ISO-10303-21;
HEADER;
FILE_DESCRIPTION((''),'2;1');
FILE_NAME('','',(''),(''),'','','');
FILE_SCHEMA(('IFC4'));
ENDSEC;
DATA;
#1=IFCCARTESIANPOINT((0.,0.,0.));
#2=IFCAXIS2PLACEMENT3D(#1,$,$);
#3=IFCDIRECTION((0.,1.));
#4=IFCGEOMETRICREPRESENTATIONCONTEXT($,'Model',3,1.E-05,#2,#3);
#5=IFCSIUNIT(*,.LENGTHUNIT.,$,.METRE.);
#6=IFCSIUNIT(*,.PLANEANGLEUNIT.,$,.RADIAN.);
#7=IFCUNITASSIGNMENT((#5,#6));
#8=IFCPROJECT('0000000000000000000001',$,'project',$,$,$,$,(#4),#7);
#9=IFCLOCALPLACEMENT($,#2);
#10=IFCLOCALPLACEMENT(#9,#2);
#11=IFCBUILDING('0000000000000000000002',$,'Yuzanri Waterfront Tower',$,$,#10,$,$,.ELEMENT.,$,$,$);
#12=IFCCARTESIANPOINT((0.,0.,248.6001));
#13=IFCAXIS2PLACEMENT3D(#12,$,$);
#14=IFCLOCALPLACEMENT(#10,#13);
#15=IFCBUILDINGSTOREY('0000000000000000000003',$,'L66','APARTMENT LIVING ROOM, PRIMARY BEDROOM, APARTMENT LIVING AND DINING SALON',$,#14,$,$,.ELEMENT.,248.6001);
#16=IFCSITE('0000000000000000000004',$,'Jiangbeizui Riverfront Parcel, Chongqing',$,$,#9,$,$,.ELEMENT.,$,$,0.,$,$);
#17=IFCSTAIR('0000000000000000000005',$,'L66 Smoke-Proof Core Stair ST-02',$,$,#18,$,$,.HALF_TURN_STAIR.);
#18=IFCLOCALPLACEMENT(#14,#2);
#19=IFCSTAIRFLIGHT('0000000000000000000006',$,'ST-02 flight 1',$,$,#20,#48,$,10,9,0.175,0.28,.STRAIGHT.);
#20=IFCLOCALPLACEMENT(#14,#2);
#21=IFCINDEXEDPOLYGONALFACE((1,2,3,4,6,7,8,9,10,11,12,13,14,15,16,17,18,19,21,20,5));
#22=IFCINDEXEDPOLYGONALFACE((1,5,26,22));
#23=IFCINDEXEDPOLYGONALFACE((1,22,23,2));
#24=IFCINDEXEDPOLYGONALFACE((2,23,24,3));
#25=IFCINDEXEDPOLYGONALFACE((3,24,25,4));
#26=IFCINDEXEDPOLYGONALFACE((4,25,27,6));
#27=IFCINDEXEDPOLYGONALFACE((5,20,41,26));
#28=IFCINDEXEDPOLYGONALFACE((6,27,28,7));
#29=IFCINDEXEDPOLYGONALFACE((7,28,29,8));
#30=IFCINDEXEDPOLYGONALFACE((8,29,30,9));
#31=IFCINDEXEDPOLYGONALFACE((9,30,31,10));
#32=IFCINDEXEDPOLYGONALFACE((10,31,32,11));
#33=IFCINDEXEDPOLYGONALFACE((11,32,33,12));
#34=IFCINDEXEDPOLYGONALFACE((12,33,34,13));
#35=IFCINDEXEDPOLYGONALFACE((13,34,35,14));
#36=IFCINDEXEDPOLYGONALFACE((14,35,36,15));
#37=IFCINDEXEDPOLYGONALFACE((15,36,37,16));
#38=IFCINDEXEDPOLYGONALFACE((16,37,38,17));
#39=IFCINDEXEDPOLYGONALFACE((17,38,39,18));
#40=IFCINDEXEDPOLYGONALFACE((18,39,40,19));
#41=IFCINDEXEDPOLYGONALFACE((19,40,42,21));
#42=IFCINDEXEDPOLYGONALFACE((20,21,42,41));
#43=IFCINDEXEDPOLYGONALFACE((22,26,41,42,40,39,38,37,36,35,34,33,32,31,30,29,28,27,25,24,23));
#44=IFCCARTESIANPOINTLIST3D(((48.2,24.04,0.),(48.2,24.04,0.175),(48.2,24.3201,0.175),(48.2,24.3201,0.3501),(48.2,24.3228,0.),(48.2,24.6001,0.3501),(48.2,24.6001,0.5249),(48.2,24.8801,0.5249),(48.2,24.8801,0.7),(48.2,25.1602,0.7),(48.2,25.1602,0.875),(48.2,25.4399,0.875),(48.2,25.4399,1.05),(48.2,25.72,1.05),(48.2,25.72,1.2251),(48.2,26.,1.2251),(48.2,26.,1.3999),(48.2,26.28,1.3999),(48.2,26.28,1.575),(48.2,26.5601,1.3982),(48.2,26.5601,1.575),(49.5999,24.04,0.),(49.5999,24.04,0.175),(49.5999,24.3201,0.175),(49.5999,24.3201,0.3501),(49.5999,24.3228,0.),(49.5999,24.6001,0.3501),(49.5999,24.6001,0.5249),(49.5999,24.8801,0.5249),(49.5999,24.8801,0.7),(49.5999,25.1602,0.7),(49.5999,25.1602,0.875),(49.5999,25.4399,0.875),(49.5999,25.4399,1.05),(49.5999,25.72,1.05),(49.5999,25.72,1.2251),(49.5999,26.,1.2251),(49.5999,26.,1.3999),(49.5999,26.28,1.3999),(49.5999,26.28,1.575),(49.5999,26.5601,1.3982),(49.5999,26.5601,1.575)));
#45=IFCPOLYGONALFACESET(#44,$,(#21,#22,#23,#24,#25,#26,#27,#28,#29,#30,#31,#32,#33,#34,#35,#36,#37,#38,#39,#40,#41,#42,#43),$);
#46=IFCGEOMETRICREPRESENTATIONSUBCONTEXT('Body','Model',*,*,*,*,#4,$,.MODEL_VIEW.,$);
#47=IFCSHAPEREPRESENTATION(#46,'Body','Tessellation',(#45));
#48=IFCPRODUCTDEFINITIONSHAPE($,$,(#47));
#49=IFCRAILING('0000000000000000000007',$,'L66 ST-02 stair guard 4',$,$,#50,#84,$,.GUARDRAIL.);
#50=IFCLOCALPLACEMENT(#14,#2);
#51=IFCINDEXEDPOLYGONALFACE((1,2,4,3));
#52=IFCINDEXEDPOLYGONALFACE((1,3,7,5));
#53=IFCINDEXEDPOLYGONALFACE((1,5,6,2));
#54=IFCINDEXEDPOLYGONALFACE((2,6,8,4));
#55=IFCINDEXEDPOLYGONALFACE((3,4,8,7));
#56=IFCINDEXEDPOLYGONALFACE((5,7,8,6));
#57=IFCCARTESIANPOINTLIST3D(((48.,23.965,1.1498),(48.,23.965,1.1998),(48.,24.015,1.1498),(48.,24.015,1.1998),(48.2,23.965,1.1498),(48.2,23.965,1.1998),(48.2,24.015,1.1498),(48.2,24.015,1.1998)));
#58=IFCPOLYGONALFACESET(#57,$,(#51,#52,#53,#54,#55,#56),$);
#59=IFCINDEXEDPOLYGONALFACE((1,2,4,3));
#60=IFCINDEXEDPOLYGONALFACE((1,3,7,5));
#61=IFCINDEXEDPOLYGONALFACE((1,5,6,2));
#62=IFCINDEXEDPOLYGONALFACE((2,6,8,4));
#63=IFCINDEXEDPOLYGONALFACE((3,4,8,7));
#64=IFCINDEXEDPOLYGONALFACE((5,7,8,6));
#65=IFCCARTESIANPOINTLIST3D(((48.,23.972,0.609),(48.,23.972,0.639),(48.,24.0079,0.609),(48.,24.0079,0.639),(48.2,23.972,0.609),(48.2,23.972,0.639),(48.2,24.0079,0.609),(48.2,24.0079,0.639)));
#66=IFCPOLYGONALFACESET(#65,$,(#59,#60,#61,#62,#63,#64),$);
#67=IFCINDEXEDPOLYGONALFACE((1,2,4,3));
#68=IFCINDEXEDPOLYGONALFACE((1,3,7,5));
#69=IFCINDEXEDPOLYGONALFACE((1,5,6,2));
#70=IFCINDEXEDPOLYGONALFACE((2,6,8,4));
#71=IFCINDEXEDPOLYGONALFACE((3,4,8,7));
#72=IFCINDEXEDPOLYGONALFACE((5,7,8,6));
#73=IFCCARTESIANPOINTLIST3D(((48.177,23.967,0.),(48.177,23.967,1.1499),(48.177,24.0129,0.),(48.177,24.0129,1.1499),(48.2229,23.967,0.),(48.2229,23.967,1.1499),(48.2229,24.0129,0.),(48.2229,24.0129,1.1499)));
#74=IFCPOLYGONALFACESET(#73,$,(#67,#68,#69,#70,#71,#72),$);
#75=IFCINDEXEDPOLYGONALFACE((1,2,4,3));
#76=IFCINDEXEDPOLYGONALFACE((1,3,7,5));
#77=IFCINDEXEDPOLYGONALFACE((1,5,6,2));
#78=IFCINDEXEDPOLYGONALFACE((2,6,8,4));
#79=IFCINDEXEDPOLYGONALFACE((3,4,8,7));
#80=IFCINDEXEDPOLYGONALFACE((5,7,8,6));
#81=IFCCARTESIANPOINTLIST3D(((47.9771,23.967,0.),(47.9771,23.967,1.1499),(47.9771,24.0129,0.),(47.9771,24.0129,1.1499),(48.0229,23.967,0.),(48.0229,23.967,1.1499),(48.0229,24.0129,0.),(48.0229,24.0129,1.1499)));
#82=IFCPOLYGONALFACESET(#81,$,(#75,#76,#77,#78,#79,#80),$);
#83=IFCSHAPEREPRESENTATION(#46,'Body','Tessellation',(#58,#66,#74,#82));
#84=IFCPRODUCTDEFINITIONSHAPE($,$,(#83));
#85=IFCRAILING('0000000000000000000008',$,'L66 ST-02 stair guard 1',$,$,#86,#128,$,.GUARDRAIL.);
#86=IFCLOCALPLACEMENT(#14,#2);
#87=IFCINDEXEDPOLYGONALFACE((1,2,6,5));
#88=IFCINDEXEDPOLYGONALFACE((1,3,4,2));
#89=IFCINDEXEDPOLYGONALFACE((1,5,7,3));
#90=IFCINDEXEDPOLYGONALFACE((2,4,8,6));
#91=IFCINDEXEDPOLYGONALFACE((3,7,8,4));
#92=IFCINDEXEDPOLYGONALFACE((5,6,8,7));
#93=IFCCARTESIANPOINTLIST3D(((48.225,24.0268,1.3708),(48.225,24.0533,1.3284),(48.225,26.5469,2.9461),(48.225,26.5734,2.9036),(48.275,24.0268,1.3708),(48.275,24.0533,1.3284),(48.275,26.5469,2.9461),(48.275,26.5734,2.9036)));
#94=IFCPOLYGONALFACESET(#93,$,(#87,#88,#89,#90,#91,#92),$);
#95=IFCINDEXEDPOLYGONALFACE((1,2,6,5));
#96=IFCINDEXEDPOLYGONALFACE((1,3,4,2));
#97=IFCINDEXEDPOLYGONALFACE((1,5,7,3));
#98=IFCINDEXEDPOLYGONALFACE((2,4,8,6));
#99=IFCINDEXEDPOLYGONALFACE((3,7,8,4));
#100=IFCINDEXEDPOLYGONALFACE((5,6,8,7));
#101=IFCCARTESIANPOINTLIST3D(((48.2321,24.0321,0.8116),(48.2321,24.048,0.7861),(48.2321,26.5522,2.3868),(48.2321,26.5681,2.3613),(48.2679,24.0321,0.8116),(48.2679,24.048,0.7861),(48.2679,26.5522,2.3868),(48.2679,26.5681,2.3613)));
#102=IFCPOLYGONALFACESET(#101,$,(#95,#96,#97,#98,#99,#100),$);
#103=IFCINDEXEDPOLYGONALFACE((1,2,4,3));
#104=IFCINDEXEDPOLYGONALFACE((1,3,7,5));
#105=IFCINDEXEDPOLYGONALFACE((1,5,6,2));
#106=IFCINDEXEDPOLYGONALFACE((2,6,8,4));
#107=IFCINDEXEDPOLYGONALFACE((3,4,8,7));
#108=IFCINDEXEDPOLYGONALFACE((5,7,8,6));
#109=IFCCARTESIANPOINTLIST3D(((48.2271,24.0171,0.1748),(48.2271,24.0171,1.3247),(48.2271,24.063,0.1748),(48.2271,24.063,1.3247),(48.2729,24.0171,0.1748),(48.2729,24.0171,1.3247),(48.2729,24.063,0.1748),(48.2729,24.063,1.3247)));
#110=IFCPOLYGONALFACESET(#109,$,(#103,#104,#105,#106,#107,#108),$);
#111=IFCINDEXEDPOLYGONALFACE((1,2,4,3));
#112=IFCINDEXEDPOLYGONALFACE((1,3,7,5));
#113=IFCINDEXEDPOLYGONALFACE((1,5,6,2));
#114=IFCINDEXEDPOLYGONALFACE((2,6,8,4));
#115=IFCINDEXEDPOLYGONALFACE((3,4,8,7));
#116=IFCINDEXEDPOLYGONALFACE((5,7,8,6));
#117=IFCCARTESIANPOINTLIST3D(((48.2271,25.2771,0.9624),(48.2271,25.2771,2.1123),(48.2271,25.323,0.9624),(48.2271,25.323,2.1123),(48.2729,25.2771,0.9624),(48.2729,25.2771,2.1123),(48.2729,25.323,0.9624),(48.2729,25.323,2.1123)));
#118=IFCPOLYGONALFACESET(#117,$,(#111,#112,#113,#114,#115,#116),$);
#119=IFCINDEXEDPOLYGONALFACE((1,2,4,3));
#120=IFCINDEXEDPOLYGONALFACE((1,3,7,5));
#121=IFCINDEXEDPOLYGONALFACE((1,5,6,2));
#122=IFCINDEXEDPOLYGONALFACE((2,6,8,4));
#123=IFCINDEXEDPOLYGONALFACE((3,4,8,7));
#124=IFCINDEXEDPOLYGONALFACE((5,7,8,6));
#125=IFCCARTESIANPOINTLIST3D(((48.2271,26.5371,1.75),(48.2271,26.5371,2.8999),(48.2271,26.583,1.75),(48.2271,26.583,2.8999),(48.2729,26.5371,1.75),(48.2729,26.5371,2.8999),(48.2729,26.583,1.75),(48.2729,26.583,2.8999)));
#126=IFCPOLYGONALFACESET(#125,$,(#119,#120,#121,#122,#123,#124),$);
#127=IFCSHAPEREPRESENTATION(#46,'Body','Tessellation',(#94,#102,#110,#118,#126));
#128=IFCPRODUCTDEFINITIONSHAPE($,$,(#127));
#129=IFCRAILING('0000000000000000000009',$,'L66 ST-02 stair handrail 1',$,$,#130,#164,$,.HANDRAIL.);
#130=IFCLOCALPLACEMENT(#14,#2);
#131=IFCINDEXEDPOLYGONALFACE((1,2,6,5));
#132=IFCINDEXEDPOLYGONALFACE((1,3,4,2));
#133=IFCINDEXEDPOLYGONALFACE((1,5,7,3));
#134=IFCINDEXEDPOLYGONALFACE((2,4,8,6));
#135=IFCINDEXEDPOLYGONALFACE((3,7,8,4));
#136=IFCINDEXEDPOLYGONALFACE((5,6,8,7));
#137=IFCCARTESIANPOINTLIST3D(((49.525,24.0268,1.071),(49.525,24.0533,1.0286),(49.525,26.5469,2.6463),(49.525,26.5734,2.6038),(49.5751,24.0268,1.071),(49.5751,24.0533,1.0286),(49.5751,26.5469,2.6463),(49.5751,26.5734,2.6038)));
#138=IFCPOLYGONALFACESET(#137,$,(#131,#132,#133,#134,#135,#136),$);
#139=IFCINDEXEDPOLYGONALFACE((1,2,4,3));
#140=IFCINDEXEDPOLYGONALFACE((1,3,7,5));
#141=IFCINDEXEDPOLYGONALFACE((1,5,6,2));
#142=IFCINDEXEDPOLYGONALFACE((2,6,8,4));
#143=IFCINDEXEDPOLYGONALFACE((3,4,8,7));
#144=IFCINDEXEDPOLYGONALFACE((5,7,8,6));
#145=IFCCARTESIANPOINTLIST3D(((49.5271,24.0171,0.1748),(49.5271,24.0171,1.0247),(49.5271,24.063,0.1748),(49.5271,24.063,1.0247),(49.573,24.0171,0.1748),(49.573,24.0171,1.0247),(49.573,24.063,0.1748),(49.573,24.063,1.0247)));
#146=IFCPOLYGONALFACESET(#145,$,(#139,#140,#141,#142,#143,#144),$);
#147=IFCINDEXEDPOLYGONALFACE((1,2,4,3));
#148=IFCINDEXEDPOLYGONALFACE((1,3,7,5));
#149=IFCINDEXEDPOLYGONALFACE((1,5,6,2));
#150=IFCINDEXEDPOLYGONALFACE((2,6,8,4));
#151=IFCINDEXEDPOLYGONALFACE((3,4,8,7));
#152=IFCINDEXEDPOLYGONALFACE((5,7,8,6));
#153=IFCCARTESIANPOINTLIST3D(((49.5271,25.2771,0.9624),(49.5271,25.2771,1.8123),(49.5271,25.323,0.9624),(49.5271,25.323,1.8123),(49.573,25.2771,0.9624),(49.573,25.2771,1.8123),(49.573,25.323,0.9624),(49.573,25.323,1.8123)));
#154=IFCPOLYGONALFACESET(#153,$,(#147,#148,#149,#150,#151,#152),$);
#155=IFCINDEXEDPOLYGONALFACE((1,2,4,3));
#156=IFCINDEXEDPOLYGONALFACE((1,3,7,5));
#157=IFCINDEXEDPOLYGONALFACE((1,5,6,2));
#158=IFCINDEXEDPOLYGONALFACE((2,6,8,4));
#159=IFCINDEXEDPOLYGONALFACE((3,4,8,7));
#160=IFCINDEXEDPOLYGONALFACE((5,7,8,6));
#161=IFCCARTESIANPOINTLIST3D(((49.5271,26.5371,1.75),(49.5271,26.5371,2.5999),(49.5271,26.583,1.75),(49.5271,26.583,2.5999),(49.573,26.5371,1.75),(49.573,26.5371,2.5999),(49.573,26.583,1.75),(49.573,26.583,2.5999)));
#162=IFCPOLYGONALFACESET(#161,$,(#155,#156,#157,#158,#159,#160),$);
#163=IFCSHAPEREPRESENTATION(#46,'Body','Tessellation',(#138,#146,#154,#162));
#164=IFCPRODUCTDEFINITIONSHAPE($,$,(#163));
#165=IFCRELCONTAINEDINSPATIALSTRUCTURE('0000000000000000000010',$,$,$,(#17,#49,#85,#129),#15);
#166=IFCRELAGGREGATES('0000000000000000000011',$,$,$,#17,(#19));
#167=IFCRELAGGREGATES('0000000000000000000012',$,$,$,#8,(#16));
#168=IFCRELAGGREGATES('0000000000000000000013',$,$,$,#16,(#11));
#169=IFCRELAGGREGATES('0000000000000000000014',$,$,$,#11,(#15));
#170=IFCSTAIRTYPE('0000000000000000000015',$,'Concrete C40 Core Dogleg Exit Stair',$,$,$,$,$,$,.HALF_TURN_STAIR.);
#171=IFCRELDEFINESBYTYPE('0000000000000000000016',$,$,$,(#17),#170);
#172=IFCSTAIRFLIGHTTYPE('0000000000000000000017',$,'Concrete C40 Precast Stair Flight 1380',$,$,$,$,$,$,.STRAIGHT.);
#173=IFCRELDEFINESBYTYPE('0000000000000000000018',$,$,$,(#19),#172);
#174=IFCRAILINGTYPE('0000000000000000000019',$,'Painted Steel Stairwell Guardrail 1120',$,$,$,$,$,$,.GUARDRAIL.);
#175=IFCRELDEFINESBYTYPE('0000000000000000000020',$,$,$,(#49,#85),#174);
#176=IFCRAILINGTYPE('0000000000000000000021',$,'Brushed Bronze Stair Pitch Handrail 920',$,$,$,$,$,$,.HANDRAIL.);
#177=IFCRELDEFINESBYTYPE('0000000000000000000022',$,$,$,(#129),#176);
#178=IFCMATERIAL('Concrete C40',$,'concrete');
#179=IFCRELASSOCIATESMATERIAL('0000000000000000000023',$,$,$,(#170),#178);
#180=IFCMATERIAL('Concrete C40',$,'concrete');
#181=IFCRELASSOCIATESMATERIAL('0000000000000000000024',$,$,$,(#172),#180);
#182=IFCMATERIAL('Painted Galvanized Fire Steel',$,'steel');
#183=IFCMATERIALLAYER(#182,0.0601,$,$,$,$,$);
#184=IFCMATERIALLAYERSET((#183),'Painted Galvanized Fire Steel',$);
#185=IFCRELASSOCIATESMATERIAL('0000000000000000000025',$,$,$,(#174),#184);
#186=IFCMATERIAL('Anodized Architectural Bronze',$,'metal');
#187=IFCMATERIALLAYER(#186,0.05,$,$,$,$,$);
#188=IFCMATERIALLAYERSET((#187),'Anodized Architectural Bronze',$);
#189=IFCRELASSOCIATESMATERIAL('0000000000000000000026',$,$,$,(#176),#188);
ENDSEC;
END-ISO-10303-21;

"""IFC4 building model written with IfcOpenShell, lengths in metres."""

from ifc_helpers import new_model, si_unit, direction, frame, origin, origin_2d, place, context, subcontext, project, spatial, polyline, rectangle, outline, extrude, source, transform, mapped, material, layer, layer_set, type_object, element, aggregate, save


model = new_model("IFC4")

# Units and contexts
model_context = context("Model", 3, precision=1e-05, world=origin(), true_north=direction((0.0, 1.0)))
body_context = subcontext(model_context, "Body", "Model", "MODEL_VIEW")
ifc_project = project(units=[si_unit("LENGTHUNIT", "METRE"), si_unit("PLANEANGLEUNIT", "RADIAN")], contexts=[model_context])

# Site, building, storey
site_placement = place(None, origin())
site = spatial("IfcSite", under=ifc_project, at=site_placement, Name="Jiangbeizui Riverfront Parcel, Chongqing", CompositionType="ELEMENT", RefElevation=0.0)
building_placement = place(site_placement, origin())
building = spatial("IfcBuilding", under=site, at=building_placement, Name="Yuzanri Waterfront Tower", CompositionType="ELEMENT")
storey_placement = place(building_placement, frame((0.0, 0.0, 248.6001)))
storey = spatial("IfcBuildingStorey", under=building, at=storey_placement, Name="L66", Description="APARTMENT LIVING ROOM, PRIMARY BEDROOM, APARTMENT LIVING AND DINING SALON", CompositionType="ELEMENT", Elevation=248.6001)

# Stair, stair flight
ifc_material_1 = material(Name="Concrete C40", Category="concrete")
stair_type = type_object("IfcStairType", Name="Concrete C40 Core Dogleg Exit Stair", PredefinedType="HALF_TURN_STAIR", material=ifc_material_1)
stair_placement = place(storey_placement, origin())
stair = element("IfcStair", 1, at=stair_placement, inside=storey, type_object=stair_type, Name="L66 Smoke-Proof Core Stair ST-02", PredefinedType="HALF_TURN_STAIR")
ifc_material_2 = material(Name="Concrete C40", Category="concrete")
stair_flight_type = type_object("IfcStairFlightType", Name="Concrete C40 Precast Stair Flight 1380", PredefinedType="STRAIGHT", material=ifc_material_2)
shared_shape_1 = source(origin(), body_context, "Body", "SweptSolid", [
    extrude(outline(polyline([(0.0, 0.0), (0.0, 0.175), (0.28, 0.175), (0.28, 0.3501), (0.5601, 0.3501), (0.5601, 0.5249), (0.8401, 0.5249), (0.8401, 0.7), (1.1201, 0.7), (1.1201, 0.875), (1.3999, 0.875), (1.3999, 1.05), (1.6799, 1.05), (1.6799, 1.2251), (1.96, 1.2251), (1.96, 1.3999), (2.24, 1.3999), (2.24, 1.575), (2.52, 1.575), (2.52, 1.75), (2.52, 1.3982), (0.2827, 0.0), (0.0, 0.0)])), frame((0.0, 0.7, 0.0), z_axis=(0.0, -1.0, 0.0), x_axis=(1.0, 0.0, 0.0)), (0.0, 0.0, 1.0), 1.3999),
])
stair_flight_placement = place(storey_placement, frame((48.8999, 24.04, 0.0), z_axis=(0.0, 0.0, 1.0), x_axis=(0.0, 1.0, 0.0)))
stair_flight = element("IfcStairFlight", 2, at=stair_flight_placement, type_object=stair_flight_type, Name="ST-02 flight 1", NumberOfRisers=10, NumberOfTreads=9, PredefinedType="STRAIGHT", RiserHeight=0.175, TreadLength=0.28, context=body_context, shape_type="MappedRepresentation", body=[
    mapped(shared_shape_1, transform((0.0, 0.0, 0.0), scale=1.0)),
])
aggregate(stair, [stair_flight])

# Railings
ifc_material_3 = material(Name="Painted Galvanized Fire Steel", Category="steel")
ifc_layer_1 = layer(ifc_material_3, 0.0601)
ifc_layer_set_1 = layer_set([ifc_layer_1], Name="Painted Galvanized Fire Steel")
railing_type_1 = type_object("IfcRailingType", Name="Painted Steel Stairwell Guardrail 1120", PredefinedType="GUARDRAIL", material=ifc_layer_set_1)
shared_shape_2 = source(origin(), body_context, "Body", "SweptSolid", [
    extrude(rectangle(XDim=0.05, YDim=0.05, at=origin_2d()), frame((0.0, 0.0, 1.1748), z_axis=(-1.0, 0.0, 0.0), x_axis=(0.0, -1.0, 0.0)), (0.0, 0.0, 1.0), 0.2),
    extrude(rectangle(XDim=0.0359, YDim=0.03, at=origin_2d()), frame((0.0, 0.0, 0.624), z_axis=(-1.0, 0.0, 0.0), x_axis=(0.0, -1.0, 0.0)), (0.0, 0.0, 1.0), 0.2),
    extrude(rectangle(XDim=0.0459, YDim=0.0459, at=origin_2d()), origin(), (0.0, 0.0, 1.0), 1.1499),
    extrude(rectangle(XDim=0.0459, YDim=0.0459, at=origin_2d()), frame((-0.2, 0.0, 0.0)), (0.0, 0.0, 1.0), 1.1499),
])
railing_1_placement = place(storey_placement, frame((48.2, 23.99, 0.0)))
element("IfcRailing", 3, at=railing_1_placement, inside=storey, type_object=railing_type_1, Name="L66 ST-02 stair guard 4", PredefinedType="GUARDRAIL", context=body_context, shape_type="MappedRepresentation", body=[
    mapped(shared_shape_2, transform((0.0, 0.0, 0.0), scale=1.0)),
])
shared_shape_3 = source(origin(), body_context, "Body", "SweptSolid", [
    extrude(rectangle(XDim=0.05, YDim=0.05, at=origin_2d()), frame((0.0, 0.0, 1.1748), z_axis=(0.0, 0.847971, 0.530043), x_axis=(-1.0, 0.0, 0.0)), (0.0, 0.0, 1.0), 2.9719),
    extrude(rectangle(XDim=0.0359, YDim=0.03, at=origin_2d()), frame((0.0, 0.0, 0.624), z_axis=(0.0, 0.847971, 0.530043), x_axis=(-1.0, 0.0, 0.0)), (0.0, 0.0, 1.0), 2.9719),
    extrude(rectangle(XDim=0.0459, YDim=0.0459, at=origin_2d()), origin(), (0.0, 0.0, 1.0), 1.1499),
    extrude(rectangle(XDim=0.0459, YDim=0.0459, at=origin_2d()), frame((0.0, 1.26, 0.7876)), (0.0, 0.0, 1.0), 1.1499),
    extrude(rectangle(XDim=0.0459, YDim=0.0459, at=origin_2d()), frame((0.0, 2.52, 1.5752)), (0.0, 0.0, 1.0), 1.1499),
])
railing_2_placement = place(storey_placement, frame((48.25, 24.04, 0.1748)))
element("IfcRailing", 4, at=railing_2_placement, inside=storey, type_object=railing_type_1, Name="L66 ST-02 stair guard 1", PredefinedType="GUARDRAIL", context=body_context, shape_type="MappedRepresentation", body=[
    mapped(shared_shape_3, transform((0.0, 0.0, 0.0), scale=1.0)),
])
ifc_material_4 = material(Name="Anodized Architectural Bronze", Category="metal")
ifc_layer_2 = layer(ifc_material_4, 0.05)
ifc_layer_set_2 = layer_set([ifc_layer_2], Name="Anodized Architectural Bronze")
railing_type_2 = type_object("IfcRailingType", Name="Brushed Bronze Stair Pitch Handrail 920", PredefinedType="HANDRAIL", material=ifc_layer_set_2)
shared_shape_4 = source(origin(), body_context, "Body", "SweptSolid", [
    extrude(rectangle(XDim=0.05, YDim=0.05, at=origin_2d()), frame((0.0, 0.0, 0.875), z_axis=(0.0, 0.847971, 0.530043), x_axis=(-1.0, 0.0, 0.0)), (0.0, 0.0, 1.0), 2.9719),
    extrude(rectangle(XDim=0.0459, YDim=0.0459, at=origin_2d()), origin(), (0.0, 0.0, 1.0), 0.8499),
    extrude(rectangle(XDim=0.0459, YDim=0.0459, at=origin_2d()), frame((0.0, 1.26, 0.7876)), (0.0, 0.0, 1.0), 0.8499),
    extrude(rectangle(XDim=0.0459, YDim=0.0459, at=origin_2d()), frame((0.0, 2.52, 1.5752)), (0.0, 0.0, 1.0), 0.8499),
])
railing_3_placement = place(storey_placement, frame((49.55, 24.04, 0.1748)))
element("IfcRailing", 5, at=railing_3_placement, inside=storey, type_object=railing_type_2, Name="L66 ST-02 stair handrail 1", PredefinedType="HANDRAIL", context=body_context, shape_type="MappedRepresentation", body=[
    mapped(shared_shape_4, transform((0.0, 0.0, 0.0), scale=1.0)),
])

save(model, "model.ifc")
